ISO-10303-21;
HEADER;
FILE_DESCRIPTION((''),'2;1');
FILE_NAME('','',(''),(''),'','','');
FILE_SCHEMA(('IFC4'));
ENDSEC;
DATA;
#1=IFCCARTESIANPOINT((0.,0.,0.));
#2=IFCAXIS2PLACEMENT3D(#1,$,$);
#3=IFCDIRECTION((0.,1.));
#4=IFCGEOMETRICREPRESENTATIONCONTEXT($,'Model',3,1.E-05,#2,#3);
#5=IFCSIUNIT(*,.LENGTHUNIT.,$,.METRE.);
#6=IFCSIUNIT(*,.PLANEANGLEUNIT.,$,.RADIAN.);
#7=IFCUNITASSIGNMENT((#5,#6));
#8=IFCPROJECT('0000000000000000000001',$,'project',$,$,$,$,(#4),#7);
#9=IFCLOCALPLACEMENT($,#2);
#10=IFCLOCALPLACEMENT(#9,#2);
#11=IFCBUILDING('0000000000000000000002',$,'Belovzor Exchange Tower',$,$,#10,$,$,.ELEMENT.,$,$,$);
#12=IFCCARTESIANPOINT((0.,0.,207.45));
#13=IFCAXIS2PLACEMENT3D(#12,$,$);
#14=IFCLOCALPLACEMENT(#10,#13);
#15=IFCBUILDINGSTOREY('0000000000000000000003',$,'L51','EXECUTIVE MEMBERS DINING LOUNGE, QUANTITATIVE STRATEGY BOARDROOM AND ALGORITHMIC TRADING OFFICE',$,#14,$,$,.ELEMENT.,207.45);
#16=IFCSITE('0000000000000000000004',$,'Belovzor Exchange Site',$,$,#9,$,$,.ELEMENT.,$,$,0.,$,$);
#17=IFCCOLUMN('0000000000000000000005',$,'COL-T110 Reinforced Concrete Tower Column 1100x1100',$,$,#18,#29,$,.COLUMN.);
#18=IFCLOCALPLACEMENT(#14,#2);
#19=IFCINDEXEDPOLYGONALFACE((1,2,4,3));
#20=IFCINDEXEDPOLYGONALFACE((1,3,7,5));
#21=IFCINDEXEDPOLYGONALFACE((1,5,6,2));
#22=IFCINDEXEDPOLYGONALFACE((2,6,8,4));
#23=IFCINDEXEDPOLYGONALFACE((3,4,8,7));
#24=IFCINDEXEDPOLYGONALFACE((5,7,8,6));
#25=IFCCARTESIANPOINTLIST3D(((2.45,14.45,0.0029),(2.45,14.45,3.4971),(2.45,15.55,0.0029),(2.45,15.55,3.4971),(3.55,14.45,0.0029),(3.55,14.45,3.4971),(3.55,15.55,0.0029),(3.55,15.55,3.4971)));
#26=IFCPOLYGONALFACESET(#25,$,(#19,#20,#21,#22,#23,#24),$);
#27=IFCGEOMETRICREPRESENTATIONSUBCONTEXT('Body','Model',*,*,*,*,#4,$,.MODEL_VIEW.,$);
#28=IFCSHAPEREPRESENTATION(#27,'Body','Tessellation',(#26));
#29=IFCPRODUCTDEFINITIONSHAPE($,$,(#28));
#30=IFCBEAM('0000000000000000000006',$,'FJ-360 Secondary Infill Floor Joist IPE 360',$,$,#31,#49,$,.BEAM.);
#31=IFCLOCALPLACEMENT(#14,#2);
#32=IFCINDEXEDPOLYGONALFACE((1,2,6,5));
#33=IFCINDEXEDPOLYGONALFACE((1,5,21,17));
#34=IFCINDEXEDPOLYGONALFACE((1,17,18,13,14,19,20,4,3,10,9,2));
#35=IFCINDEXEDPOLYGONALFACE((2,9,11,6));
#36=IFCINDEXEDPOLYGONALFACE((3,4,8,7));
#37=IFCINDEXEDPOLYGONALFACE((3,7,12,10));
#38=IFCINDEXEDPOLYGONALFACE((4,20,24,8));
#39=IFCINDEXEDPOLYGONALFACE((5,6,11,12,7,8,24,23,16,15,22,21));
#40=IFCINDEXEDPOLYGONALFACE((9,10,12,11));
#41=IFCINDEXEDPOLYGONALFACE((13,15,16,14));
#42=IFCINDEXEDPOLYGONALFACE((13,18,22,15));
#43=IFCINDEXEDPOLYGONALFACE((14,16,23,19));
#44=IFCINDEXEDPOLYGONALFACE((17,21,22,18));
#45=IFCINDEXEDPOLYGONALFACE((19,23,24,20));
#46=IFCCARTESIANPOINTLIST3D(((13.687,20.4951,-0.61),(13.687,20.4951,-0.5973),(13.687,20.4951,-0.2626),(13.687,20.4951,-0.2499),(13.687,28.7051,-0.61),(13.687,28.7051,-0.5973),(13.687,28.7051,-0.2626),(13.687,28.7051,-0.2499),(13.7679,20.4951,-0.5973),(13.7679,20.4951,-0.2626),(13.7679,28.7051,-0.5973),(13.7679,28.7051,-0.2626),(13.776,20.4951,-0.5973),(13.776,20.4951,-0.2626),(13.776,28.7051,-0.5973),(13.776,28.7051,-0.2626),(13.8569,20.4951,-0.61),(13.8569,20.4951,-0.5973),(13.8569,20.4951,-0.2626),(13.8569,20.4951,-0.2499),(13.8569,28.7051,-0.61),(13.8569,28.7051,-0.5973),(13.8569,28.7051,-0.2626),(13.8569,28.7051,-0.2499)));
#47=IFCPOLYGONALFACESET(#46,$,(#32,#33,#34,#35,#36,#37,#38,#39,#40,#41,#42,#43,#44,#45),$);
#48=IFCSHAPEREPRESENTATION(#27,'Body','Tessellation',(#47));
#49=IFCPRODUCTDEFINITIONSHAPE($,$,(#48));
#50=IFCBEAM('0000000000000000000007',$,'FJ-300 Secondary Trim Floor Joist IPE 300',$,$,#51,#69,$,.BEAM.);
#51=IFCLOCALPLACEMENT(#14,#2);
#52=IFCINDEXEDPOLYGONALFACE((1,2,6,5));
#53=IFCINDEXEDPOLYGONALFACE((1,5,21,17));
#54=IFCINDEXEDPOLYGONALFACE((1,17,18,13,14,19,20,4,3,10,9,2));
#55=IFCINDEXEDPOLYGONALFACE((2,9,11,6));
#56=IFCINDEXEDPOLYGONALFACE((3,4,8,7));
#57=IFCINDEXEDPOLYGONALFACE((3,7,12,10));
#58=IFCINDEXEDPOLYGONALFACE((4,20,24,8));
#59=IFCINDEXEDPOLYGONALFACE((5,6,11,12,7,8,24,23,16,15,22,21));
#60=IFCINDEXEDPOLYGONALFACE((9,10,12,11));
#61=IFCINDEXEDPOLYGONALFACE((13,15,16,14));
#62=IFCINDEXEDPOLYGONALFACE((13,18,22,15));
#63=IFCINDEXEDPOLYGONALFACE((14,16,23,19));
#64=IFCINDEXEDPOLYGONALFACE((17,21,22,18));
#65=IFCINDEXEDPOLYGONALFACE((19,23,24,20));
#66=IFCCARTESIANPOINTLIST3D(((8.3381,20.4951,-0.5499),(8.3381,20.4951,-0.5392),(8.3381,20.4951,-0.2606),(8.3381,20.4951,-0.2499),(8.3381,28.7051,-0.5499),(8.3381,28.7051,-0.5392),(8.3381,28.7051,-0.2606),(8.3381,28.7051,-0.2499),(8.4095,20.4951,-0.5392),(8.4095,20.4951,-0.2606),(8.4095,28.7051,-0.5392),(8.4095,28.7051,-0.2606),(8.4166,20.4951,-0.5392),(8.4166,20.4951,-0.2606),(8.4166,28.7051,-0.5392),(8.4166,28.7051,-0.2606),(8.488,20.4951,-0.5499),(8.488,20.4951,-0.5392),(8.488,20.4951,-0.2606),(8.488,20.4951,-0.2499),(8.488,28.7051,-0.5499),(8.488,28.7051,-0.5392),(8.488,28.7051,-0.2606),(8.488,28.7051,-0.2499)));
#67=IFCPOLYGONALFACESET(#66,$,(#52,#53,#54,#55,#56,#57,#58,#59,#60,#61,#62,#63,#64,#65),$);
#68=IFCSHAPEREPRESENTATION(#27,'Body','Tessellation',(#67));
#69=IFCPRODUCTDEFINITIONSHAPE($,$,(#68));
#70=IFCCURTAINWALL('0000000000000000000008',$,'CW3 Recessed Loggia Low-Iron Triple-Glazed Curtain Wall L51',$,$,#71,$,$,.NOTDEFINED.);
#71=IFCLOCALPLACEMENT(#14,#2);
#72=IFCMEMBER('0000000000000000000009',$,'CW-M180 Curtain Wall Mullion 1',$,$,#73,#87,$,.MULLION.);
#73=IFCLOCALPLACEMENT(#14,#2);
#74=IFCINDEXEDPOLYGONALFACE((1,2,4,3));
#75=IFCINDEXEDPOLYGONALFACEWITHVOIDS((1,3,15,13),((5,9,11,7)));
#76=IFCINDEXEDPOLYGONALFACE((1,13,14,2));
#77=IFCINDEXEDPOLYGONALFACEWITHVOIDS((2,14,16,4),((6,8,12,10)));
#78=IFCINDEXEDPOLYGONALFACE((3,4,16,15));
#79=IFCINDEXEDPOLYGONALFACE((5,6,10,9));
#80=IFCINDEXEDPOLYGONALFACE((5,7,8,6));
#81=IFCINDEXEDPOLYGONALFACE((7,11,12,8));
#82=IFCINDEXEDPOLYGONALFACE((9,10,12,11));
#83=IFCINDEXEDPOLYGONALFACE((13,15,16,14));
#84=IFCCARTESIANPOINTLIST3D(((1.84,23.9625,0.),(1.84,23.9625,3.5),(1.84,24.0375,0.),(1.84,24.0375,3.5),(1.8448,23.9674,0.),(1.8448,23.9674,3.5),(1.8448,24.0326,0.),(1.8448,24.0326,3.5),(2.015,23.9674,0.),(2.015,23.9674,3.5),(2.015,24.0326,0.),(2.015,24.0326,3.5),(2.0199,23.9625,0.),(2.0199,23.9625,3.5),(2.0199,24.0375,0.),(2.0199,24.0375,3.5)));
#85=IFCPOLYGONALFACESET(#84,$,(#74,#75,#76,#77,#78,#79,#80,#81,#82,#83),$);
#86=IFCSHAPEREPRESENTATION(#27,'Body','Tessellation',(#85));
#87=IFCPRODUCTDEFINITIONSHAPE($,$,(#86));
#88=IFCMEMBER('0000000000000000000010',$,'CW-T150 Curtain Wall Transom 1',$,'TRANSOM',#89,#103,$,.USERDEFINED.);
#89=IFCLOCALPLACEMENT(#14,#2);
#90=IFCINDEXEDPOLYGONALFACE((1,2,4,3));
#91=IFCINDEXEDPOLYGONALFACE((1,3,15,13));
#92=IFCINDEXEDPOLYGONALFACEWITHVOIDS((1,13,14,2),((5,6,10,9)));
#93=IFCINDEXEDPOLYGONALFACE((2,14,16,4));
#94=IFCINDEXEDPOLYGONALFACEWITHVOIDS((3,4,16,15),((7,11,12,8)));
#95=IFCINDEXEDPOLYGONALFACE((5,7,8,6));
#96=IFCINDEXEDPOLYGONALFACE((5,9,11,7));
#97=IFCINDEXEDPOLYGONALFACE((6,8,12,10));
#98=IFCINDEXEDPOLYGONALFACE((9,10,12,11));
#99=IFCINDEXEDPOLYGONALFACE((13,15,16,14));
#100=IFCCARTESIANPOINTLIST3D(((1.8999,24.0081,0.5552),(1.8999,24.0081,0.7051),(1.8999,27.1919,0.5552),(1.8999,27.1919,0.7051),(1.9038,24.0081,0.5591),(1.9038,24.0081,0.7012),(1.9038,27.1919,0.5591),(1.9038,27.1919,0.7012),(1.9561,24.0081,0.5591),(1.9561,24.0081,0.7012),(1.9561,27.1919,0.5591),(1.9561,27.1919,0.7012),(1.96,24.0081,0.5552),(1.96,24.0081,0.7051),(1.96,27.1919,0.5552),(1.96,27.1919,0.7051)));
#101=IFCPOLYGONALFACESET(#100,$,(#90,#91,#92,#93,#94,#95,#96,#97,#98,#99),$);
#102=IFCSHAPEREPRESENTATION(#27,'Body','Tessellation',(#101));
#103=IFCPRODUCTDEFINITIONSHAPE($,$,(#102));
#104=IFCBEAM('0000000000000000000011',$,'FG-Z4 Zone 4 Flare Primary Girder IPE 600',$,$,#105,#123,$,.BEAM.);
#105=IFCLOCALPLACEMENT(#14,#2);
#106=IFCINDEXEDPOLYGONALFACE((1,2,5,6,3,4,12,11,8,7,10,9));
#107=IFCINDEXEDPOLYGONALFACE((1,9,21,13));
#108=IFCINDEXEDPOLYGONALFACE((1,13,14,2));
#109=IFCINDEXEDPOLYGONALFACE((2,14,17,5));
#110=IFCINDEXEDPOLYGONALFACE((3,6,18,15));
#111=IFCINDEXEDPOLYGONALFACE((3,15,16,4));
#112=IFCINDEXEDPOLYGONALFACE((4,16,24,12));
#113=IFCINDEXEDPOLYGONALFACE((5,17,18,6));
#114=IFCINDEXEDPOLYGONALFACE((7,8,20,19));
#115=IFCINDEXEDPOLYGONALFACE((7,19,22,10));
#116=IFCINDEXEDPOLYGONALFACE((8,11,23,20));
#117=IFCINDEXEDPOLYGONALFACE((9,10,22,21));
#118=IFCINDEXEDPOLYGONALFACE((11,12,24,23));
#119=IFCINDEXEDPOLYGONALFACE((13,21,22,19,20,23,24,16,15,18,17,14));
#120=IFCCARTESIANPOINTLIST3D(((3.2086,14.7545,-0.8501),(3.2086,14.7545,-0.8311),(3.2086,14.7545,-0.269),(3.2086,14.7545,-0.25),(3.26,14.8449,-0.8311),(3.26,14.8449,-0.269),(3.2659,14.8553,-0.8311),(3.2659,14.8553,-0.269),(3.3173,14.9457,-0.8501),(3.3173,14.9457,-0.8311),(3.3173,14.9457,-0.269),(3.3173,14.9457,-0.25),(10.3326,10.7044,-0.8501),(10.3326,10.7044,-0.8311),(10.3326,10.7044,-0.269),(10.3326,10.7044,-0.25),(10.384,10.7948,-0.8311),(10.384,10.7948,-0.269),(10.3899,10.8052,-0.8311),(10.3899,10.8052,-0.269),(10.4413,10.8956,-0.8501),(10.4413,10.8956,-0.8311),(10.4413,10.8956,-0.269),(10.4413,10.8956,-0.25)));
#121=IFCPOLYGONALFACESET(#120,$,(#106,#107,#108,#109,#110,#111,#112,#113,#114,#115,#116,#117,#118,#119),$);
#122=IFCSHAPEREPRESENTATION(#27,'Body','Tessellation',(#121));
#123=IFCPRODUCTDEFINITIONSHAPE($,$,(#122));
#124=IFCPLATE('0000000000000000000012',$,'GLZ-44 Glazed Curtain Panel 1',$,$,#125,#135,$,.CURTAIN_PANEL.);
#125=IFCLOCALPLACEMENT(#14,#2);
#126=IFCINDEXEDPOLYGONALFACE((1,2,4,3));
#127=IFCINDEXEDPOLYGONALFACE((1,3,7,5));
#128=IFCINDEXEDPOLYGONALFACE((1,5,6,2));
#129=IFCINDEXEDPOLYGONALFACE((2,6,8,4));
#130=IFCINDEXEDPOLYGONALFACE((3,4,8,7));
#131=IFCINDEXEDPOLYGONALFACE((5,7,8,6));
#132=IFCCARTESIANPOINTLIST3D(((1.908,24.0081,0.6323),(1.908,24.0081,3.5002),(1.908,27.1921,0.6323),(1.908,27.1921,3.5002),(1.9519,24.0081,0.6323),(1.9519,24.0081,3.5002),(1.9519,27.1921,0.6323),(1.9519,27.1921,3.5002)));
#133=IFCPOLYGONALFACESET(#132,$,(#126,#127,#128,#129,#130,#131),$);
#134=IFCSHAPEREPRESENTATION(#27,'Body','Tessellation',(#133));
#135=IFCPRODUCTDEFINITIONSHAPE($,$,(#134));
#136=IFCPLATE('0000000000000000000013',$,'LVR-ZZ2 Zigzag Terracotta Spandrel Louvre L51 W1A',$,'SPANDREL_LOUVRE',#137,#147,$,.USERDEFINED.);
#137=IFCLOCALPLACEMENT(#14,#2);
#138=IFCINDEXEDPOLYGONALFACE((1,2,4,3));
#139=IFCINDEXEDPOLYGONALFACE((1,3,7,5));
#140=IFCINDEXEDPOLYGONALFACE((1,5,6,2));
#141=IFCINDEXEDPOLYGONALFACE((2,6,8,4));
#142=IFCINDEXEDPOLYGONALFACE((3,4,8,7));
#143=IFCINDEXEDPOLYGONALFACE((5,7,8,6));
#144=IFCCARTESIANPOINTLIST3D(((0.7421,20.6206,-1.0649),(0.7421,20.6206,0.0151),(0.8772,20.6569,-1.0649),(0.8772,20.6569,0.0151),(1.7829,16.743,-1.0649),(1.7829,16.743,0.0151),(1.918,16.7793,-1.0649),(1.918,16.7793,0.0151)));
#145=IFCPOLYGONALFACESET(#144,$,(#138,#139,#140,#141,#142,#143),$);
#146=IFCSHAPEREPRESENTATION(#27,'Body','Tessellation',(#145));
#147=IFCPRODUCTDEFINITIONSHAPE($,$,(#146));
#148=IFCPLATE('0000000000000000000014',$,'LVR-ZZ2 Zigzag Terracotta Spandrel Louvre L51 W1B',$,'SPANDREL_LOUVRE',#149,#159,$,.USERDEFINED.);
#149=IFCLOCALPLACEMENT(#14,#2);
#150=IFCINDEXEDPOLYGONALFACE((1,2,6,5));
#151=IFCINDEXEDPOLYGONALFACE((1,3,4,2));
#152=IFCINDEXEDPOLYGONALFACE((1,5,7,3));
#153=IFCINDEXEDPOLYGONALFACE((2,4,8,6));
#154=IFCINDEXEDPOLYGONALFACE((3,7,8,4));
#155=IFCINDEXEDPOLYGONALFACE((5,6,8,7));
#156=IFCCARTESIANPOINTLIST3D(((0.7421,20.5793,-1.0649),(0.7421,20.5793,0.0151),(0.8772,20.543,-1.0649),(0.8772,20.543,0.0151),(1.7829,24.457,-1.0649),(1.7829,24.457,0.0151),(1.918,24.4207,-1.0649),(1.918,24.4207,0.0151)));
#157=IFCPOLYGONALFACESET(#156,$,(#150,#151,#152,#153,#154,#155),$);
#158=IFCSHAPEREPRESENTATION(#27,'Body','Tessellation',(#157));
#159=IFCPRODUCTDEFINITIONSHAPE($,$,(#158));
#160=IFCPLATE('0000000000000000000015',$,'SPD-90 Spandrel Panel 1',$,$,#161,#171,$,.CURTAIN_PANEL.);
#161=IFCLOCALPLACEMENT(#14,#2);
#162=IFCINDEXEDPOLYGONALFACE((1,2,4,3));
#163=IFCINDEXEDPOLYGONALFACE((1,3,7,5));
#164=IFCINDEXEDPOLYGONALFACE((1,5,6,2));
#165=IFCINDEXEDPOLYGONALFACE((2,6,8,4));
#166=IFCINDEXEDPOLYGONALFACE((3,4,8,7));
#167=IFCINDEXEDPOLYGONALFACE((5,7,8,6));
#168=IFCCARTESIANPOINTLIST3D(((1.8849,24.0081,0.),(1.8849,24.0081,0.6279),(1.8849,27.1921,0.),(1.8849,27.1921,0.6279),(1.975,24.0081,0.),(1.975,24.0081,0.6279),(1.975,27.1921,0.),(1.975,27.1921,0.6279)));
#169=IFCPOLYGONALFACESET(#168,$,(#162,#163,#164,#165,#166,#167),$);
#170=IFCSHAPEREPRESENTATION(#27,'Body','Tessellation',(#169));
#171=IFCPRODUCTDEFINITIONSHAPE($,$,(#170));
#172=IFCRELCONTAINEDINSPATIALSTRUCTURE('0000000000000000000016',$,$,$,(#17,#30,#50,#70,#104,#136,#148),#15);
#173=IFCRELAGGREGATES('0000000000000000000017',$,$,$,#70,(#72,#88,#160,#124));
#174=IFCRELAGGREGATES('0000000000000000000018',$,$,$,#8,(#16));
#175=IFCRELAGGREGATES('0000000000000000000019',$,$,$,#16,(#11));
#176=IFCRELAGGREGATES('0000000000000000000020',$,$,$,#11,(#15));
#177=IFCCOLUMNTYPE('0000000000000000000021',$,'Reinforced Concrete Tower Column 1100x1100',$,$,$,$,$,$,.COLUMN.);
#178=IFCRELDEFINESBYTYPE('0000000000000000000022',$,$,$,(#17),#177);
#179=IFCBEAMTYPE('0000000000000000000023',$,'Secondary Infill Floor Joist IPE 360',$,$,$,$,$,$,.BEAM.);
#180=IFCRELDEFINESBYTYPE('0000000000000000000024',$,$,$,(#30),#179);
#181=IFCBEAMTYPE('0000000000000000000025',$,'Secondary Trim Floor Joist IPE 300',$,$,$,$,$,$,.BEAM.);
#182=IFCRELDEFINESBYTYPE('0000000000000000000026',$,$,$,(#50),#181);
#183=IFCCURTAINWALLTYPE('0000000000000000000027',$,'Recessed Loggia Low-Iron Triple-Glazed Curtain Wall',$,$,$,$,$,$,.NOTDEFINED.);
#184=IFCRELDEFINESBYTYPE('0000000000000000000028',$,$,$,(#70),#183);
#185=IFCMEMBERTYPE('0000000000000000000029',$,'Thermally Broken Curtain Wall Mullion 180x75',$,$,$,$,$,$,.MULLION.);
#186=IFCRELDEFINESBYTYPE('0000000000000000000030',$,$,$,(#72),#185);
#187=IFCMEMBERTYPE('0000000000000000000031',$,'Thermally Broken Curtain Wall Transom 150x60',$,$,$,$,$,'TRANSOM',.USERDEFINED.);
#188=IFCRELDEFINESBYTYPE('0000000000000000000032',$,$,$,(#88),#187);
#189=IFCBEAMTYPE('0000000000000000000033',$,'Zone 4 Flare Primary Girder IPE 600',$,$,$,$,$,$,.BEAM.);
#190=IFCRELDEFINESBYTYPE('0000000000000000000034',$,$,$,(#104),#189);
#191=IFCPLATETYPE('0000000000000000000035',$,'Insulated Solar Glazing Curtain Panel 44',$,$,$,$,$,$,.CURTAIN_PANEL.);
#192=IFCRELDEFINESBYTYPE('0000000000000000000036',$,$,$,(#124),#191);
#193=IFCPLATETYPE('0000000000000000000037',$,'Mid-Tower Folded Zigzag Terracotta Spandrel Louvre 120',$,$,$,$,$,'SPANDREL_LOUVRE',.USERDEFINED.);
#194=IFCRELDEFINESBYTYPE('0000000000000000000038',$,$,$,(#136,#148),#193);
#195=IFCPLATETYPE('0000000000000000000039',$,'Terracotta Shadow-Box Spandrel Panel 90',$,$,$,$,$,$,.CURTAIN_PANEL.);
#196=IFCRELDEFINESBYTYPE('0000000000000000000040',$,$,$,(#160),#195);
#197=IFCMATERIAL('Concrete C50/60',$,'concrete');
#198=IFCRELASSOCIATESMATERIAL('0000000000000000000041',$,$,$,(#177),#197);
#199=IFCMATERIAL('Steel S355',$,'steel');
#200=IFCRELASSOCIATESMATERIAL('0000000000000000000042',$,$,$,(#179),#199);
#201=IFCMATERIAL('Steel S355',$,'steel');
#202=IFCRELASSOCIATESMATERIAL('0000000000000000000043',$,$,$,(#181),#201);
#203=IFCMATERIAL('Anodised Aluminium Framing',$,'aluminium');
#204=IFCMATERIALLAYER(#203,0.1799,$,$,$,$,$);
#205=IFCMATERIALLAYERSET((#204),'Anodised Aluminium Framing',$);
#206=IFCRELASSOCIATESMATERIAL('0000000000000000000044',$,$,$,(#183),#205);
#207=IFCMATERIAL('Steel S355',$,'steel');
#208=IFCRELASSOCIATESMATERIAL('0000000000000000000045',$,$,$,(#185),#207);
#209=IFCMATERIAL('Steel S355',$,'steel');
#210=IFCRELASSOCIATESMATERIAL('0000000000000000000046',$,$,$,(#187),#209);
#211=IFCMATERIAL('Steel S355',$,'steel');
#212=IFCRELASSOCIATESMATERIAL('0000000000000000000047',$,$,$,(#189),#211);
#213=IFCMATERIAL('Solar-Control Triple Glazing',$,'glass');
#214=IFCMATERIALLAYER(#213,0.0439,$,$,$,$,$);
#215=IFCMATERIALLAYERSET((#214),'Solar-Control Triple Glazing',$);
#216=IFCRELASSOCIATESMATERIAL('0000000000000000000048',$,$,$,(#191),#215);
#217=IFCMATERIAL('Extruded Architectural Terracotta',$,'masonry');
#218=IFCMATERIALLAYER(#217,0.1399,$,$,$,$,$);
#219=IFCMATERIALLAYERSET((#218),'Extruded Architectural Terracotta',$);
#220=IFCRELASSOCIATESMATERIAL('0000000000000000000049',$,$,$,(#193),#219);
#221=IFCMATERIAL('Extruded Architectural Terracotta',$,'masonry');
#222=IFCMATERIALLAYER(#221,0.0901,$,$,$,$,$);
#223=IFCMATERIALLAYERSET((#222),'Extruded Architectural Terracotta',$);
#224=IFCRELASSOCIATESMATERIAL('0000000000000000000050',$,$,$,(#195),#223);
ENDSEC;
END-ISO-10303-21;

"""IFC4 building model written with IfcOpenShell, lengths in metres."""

from ifc_helpers import new_model, si_unit, direction, frame, origin, origin_2d, place, context, subcontext, project, spatial, rectangle, hollow_rectangle, i_section, extrude, material, layer, layer_set, material_profile, profile_set, type_object, element, aggregate, save


model = new_model("IFC4")

# Units and contexts
model_context = context("Model", 3, precision=1e-05, world=origin(), true_north=direction((0.0, 1.0)))
body_context = subcontext(model_context, "Body", "Model", "MODEL_VIEW")
ifc_project = project(units=[si_unit("LENGTHUNIT", "METRE"), si_unit("PLANEANGLEUNIT", "RADIAN")], contexts=[model_context])

# Site, building, storey
site_placement = place(None, origin())
site = spatial("IfcSite", under=ifc_project, at=site_placement, Name="Belovzor Exchange Site", CompositionType="ELEMENT", RefElevation=0.0)
building_placement = place(site_placement, origin())
building = spatial("IfcBuilding", under=site, at=building_placement, Name="Belovzor Exchange Tower", CompositionType="ELEMENT")
storey_placement = place(building_placement, frame((0.0, 0.0, 207.45)))
storey = spatial("IfcBuildingStorey", under=building, at=storey_placement, Name="L51", Description="EXECUTIVE MEMBERS DINING LOUNGE, QUANTITATIVE STRATEGY BOARDROOM AND ALGORITHMIC TRADING OFFICE", CompositionType="ELEMENT", Elevation=207.45)

# Column
ifc_material_1 = material(Name="Concrete C50/60", Category="concrete")
ifc_material_profile_1 = material_profile(ifc_material_1, rectangle(XDim=1.1001, YDim=1.1001, at=origin_2d()))
ifc_profile_set_1 = profile_set([ifc_material_profile_1], Name="Concrete C50/60")
column_type = type_object("IfcColumnType", Name="Reinforced Concrete Tower Column 1100x1100", PredefinedType="COLUMN", material=ifc_profile_set_1)
column_placement = place(storey_placement, frame((3.0, 15.0, 0.0029), z_axis=(0.0, 0.0, 1.0), x_axis=(1.0, 0.0, 0.0)))
element("IfcColumn", 1, at=column_placement, inside=storey, type_object=column_type, Name="COL-T110 Reinforced Concrete Tower Column 1100x1100", PredefinedType="COLUMN", context=body_context, shape_type="SweptSolid", body=[
    extrude(rectangle(XDim=1.1001, YDim=1.1001, at=origin_2d()), origin(), (0.0, 0.0, 1.0), 3.4941),
])

# Beams
ifc_material_2 = material(Name="Steel S355", Category="steel")
ifc_material_profile_2 = material_profile(ifc_material_2, i_section(OverallWidth=0.1699, OverallDepth=0.3601, WebThickness=0.0081, FlangeThickness=0.0127, at=origin_2d()))
ifc_profile_set_2 = profile_set([ifc_material_profile_2], Name="Steel S355")
beam_type_1 = type_object("IfcBeamType", Name="Secondary Infill Floor Joist IPE 360", PredefinedType="BEAM", material=ifc_profile_set_2)
beam_1_placement = place(storey_placement, frame((13.772, 20.4951, -0.4299), z_axis=(0.0, 1.0, 0.0), x_axis=(-1.0, 0.0, 0.0)))
element("IfcBeam", 2, at=beam_1_placement, inside=storey, type_object=beam_type_1, Name="FJ-360 Secondary Infill Floor Joist IPE 360", PredefinedType="BEAM", context=body_context, shape_type="SweptSolid", body=[
    extrude(i_section(OverallWidth=0.1699, OverallDepth=0.3601, WebThickness=0.0081, FlangeThickness=0.0127, at=origin_2d()), origin(), (0.0, 0.0, 1.0), 8.21),
])
ifc_material_3 = material(Name="Steel S355", Category="steel")
ifc_material_profile_3 = material_profile(ifc_material_3, i_section(OverallWidth=0.1499, OverallDepth=0.3, WebThickness=0.0071, FlangeThickness=0.0107, at=origin_2d()))
ifc_profile_set_3 = profile_set([ifc_material_profile_3], Name="Steel S355")
beam_type_2 = type_object("IfcBeamType", Name="Secondary Trim Floor Joist IPE 300", PredefinedType="BEAM", material=ifc_profile_set_3)
beam_2_placement = place(storey_placement, frame((8.4131, 20.4951, -0.3999), z_axis=(0.0, 1.0, 0.0), x_axis=(-1.0, 0.0, 0.0)))
element("IfcBeam", 3, at=beam_2_placement, inside=storey, type_object=beam_type_2, Name="FJ-300 Secondary Trim Floor Joist IPE 300", PredefinedType="BEAM", context=body_context, shape_type="SweptSolid", body=[
    extrude(i_section(OverallWidth=0.1499, OverallDepth=0.3, WebThickness=0.0071, FlangeThickness=0.0107, at=origin_2d()), origin(), (0.0, 0.0, 1.0), 8.21),
])

# Curtain wall, members
ifc_material_4 = material(Name="Anodised Aluminium Framing", Category="aluminium")
ifc_layer_1 = layer(ifc_material_4, 0.1799)
ifc_layer_set_1 = layer_set([ifc_layer_1], Name="Anodised Aluminium Framing")
curtain_wall_type = type_object("IfcCurtainWallType", Name="Recessed Loggia Low-Iron Triple-Glazed Curtain Wall", PredefinedType="NOTDEFINED", material=ifc_layer_set_1)
curtain_wall_placement = place(storey_placement, origin())
curtain_wall = element("IfcCurtainWall", 4, at=curtain_wall_placement, inside=storey, type_object=curtain_wall_type, Name="CW3 Recessed Loggia Low-Iron Triple-Glazed Curtain Wall L51", PredefinedType="NOTDEFINED")
ifc_material_5 = material(Name="Steel S355", Category="steel")
ifc_material_profile_4 = material_profile(ifc_material_5, hollow_rectangle(XDim=0.075, YDim=0.1799, WallThickness=0.0049, at=origin_2d()))
ifc_profile_set_4 = profile_set([ifc_material_profile_4], Name="Steel S355")
member_type_1 = type_object("IfcMemberType", Name="Thermally Broken Curtain Wall Mullion 180x75", PredefinedType="MULLION", material=ifc_profile_set_4)
member_1_placement = place(storey_placement, frame((1.9299, 24.0, 0.0), z_axis=(0.0, 0.0, 1.0), x_axis=(0.0, 1.0, 0.0)))
member_1 = element("IfcMember", 5, at=member_1_placement, type_object=member_type_1, Name="CW-M180 Curtain Wall Mullion 1", PredefinedType="MULLION", context=body_context, shape_type="SweptSolid", body=[
    extrude(hollow_rectangle(XDim=0.075, YDim=0.1799, WallThickness=0.0049, at=origin_2d()), origin(), (0.0, 0.0, 1.0), 3.5),
])
ifc_material_6 = material(Name="Steel S355", Category="steel")
ifc_material_profile_5 = material_profile(ifc_material_6, hollow_rectangle(XDim=0.0601, YDim=0.1499, WallThickness=0.0039, at=origin_2d()))
ifc_profile_set_5 = profile_set([ifc_material_profile_5], Name="Steel S355")
member_type_2 = type_object("IfcMemberType", Name="Thermally Broken Curtain Wall Transom 150x60", ElementType="TRANSOM", PredefinedType="USERDEFINED", material=ifc_profile_set_5)
member_2_placement = place(storey_placement, frame((1.9299, 24.0081, 0.6301), z_axis=(0.0, 1.0, 0.0), x_axis=(-1.0, 0.0, 0.0)))
member_2 = element("IfcMember", 6, at=member_2_placement, type_object=member_type_2, Name="CW-T150 Curtain Wall Transom 1", ObjectType="TRANSOM", PredefinedType="USERDEFINED", context=body_context, shape_type="SweptSolid", body=[
    extrude(hollow_rectangle(XDim=0.0601, YDim=0.1499, WallThickness=0.0039, at=origin_2d()), origin(), (0.0, 0.0, 1.0), 3.1838),
])

# Beam
ifc_material_7 = material(Name="Steel S355", Category="steel")
ifc_material_profile_6 = material_profile(ifc_material_7, i_section(OverallWidth=0.22, OverallDepth=0.6001, WebThickness=0.012, FlangeThickness=0.019, at=origin_2d()))
ifc_profile_set_6 = profile_set([ifc_material_profile_6], Name="Steel S355")
beam_type_3 = type_object("IfcBeamType", Name="Zone 4 Flare Primary Girder IPE 600", PredefinedType="BEAM", material=ifc_profile_set_6)
beam_3_placement = place(storey_placement, frame((3.2629, 14.8501, -0.55), z_axis=(0.869336, -0.494222, 0.0), x_axis=(0.494222, 0.869336, 0.0)))
element("IfcBeam", 7, at=beam_3_placement, inside=storey, type_object=beam_type_3, Name="FG-Z4 Zone 4 Flare Primary Girder IPE 600", PredefinedType="BEAM", context=body_context, shape_type="SweptSolid", body=[
    extrude(i_section(OverallWidth=0.22, OverallDepth=0.6001, WebThickness=0.012, FlangeThickness=0.019, at=origin_2d()), origin(), (0.0, 0.0, 1.0), 8.1948),
])

# Plate
ifc_material_8 = material(Name="Solar-Control Triple Glazing", Category="glass")
ifc_layer_2 = layer(ifc_material_8, 0.0439)
ifc_layer_set_2 = layer_set([ifc_layer_2], Name="Solar-Control Triple Glazing")
plate_type_1 = type_object("IfcPlateType", Name="Insulated Solar Glazing Curtain Panel 44", PredefinedType="CURTAIN_PANEL", material=ifc_layer_set_2)
plate_1_placement = place(storey_placement, frame((1.9299, 25.6001, 0.6323), z_axis=(0.0, 0.0, 1.0), x_axis=(0.0, 1.0, 0.0)))
plate_1 = element("IfcPlate", 8, at=plate_1_placement, type_object=plate_type_1, Name="GLZ-44 Glazed Curtain Panel 1", PredefinedType="CURTAIN_PANEL", context=body_context, shape_type="SweptSolid", body=[
    extrude(rectangle(XDim=3.1841, YDim=0.0439, at=origin_2d()), origin(), (0.0, 0.0, 1.0), 2.8679),
])

# Plates
ifc_material_9 = material(Name="Extruded Architectural Terracotta", Category="masonry")
ifc_layer_3 = layer(ifc_material_9, 0.1399)
ifc_layer_set_3 = layer_set([ifc_layer_3], Name="Extruded Architectural Terracotta")
plate_type_2 = type_object("IfcPlateType", Name="Mid-Tower Folded Zigzag Terracotta Spandrel Louvre 120", ElementType="SPANDREL_LOUVRE", PredefinedType="USERDEFINED", material=ifc_layer_set_3)
for number, where, z_axis, x_axis, name in (
    (9, (1.3301, 18.7, -1.0649), (0.0, 0.0, 1.0), (-0.25924, 0.965813, 0.0), "LVR-ZZ2 Zigzag Terracotta Spandrel Louvre L51 W1A"),
    (10, (1.3301, 22.5, -1.0649), (0.0, 0.0, 1.0), (0.25924, 0.965813, 0.0), "LVR-ZZ2 Zigzag Terracotta Spandrel Louvre L51 W1B"),
):
    element("IfcPlate", number, at=place(storey_placement, frame(where, z_axis=z_axis, x_axis=x_axis)), inside=storey, type_object=plate_type_2, Name=name, ObjectType="SPANDREL_LOUVRE", PredefinedType="USERDEFINED", context=body_context, shape_type="SweptSolid", body=[
        extrude(rectangle(XDim=4.0149, YDim=0.1399, at=origin_2d()), origin(), (0.0, 0.0, 1.0), 1.0801),
    ])

# Plate
ifc_material_10 = material(Name="Extruded Architectural Terracotta", Category="masonry")
ifc_layer_4 = layer(ifc_material_10, 0.0901)
ifc_layer_set_4 = layer_set([ifc_layer_4], Name="Extruded Architectural Terracotta")
plate_type_3 = type_object("IfcPlateType", Name="Terracotta Shadow-Box Spandrel Panel 90", PredefinedType="CURTAIN_PANEL", material=ifc_layer_set_4)
plate_2_placement = place(storey_placement, frame((1.9299, 25.6001, 0.0), z_axis=(0.0, 0.0, 1.0), x_axis=(0.0, 1.0, 0.0)))
plate_2 = element("IfcPlate", 11, at=plate_2_placement, type_object=plate_type_3, Name="SPD-90 Spandrel Panel 1", PredefinedType="CURTAIN_PANEL", context=body_context, shape_type="SweptSolid", body=[
    extrude(rectangle(XDim=3.1841, YDim=0.0901, at=origin_2d()), origin(), (0.0, 0.0, 1.0), 0.6279),
])
aggregate(curtain_wall, [member_1, member_2, plate_2, plate_1])

save(model, "model.ifc")
